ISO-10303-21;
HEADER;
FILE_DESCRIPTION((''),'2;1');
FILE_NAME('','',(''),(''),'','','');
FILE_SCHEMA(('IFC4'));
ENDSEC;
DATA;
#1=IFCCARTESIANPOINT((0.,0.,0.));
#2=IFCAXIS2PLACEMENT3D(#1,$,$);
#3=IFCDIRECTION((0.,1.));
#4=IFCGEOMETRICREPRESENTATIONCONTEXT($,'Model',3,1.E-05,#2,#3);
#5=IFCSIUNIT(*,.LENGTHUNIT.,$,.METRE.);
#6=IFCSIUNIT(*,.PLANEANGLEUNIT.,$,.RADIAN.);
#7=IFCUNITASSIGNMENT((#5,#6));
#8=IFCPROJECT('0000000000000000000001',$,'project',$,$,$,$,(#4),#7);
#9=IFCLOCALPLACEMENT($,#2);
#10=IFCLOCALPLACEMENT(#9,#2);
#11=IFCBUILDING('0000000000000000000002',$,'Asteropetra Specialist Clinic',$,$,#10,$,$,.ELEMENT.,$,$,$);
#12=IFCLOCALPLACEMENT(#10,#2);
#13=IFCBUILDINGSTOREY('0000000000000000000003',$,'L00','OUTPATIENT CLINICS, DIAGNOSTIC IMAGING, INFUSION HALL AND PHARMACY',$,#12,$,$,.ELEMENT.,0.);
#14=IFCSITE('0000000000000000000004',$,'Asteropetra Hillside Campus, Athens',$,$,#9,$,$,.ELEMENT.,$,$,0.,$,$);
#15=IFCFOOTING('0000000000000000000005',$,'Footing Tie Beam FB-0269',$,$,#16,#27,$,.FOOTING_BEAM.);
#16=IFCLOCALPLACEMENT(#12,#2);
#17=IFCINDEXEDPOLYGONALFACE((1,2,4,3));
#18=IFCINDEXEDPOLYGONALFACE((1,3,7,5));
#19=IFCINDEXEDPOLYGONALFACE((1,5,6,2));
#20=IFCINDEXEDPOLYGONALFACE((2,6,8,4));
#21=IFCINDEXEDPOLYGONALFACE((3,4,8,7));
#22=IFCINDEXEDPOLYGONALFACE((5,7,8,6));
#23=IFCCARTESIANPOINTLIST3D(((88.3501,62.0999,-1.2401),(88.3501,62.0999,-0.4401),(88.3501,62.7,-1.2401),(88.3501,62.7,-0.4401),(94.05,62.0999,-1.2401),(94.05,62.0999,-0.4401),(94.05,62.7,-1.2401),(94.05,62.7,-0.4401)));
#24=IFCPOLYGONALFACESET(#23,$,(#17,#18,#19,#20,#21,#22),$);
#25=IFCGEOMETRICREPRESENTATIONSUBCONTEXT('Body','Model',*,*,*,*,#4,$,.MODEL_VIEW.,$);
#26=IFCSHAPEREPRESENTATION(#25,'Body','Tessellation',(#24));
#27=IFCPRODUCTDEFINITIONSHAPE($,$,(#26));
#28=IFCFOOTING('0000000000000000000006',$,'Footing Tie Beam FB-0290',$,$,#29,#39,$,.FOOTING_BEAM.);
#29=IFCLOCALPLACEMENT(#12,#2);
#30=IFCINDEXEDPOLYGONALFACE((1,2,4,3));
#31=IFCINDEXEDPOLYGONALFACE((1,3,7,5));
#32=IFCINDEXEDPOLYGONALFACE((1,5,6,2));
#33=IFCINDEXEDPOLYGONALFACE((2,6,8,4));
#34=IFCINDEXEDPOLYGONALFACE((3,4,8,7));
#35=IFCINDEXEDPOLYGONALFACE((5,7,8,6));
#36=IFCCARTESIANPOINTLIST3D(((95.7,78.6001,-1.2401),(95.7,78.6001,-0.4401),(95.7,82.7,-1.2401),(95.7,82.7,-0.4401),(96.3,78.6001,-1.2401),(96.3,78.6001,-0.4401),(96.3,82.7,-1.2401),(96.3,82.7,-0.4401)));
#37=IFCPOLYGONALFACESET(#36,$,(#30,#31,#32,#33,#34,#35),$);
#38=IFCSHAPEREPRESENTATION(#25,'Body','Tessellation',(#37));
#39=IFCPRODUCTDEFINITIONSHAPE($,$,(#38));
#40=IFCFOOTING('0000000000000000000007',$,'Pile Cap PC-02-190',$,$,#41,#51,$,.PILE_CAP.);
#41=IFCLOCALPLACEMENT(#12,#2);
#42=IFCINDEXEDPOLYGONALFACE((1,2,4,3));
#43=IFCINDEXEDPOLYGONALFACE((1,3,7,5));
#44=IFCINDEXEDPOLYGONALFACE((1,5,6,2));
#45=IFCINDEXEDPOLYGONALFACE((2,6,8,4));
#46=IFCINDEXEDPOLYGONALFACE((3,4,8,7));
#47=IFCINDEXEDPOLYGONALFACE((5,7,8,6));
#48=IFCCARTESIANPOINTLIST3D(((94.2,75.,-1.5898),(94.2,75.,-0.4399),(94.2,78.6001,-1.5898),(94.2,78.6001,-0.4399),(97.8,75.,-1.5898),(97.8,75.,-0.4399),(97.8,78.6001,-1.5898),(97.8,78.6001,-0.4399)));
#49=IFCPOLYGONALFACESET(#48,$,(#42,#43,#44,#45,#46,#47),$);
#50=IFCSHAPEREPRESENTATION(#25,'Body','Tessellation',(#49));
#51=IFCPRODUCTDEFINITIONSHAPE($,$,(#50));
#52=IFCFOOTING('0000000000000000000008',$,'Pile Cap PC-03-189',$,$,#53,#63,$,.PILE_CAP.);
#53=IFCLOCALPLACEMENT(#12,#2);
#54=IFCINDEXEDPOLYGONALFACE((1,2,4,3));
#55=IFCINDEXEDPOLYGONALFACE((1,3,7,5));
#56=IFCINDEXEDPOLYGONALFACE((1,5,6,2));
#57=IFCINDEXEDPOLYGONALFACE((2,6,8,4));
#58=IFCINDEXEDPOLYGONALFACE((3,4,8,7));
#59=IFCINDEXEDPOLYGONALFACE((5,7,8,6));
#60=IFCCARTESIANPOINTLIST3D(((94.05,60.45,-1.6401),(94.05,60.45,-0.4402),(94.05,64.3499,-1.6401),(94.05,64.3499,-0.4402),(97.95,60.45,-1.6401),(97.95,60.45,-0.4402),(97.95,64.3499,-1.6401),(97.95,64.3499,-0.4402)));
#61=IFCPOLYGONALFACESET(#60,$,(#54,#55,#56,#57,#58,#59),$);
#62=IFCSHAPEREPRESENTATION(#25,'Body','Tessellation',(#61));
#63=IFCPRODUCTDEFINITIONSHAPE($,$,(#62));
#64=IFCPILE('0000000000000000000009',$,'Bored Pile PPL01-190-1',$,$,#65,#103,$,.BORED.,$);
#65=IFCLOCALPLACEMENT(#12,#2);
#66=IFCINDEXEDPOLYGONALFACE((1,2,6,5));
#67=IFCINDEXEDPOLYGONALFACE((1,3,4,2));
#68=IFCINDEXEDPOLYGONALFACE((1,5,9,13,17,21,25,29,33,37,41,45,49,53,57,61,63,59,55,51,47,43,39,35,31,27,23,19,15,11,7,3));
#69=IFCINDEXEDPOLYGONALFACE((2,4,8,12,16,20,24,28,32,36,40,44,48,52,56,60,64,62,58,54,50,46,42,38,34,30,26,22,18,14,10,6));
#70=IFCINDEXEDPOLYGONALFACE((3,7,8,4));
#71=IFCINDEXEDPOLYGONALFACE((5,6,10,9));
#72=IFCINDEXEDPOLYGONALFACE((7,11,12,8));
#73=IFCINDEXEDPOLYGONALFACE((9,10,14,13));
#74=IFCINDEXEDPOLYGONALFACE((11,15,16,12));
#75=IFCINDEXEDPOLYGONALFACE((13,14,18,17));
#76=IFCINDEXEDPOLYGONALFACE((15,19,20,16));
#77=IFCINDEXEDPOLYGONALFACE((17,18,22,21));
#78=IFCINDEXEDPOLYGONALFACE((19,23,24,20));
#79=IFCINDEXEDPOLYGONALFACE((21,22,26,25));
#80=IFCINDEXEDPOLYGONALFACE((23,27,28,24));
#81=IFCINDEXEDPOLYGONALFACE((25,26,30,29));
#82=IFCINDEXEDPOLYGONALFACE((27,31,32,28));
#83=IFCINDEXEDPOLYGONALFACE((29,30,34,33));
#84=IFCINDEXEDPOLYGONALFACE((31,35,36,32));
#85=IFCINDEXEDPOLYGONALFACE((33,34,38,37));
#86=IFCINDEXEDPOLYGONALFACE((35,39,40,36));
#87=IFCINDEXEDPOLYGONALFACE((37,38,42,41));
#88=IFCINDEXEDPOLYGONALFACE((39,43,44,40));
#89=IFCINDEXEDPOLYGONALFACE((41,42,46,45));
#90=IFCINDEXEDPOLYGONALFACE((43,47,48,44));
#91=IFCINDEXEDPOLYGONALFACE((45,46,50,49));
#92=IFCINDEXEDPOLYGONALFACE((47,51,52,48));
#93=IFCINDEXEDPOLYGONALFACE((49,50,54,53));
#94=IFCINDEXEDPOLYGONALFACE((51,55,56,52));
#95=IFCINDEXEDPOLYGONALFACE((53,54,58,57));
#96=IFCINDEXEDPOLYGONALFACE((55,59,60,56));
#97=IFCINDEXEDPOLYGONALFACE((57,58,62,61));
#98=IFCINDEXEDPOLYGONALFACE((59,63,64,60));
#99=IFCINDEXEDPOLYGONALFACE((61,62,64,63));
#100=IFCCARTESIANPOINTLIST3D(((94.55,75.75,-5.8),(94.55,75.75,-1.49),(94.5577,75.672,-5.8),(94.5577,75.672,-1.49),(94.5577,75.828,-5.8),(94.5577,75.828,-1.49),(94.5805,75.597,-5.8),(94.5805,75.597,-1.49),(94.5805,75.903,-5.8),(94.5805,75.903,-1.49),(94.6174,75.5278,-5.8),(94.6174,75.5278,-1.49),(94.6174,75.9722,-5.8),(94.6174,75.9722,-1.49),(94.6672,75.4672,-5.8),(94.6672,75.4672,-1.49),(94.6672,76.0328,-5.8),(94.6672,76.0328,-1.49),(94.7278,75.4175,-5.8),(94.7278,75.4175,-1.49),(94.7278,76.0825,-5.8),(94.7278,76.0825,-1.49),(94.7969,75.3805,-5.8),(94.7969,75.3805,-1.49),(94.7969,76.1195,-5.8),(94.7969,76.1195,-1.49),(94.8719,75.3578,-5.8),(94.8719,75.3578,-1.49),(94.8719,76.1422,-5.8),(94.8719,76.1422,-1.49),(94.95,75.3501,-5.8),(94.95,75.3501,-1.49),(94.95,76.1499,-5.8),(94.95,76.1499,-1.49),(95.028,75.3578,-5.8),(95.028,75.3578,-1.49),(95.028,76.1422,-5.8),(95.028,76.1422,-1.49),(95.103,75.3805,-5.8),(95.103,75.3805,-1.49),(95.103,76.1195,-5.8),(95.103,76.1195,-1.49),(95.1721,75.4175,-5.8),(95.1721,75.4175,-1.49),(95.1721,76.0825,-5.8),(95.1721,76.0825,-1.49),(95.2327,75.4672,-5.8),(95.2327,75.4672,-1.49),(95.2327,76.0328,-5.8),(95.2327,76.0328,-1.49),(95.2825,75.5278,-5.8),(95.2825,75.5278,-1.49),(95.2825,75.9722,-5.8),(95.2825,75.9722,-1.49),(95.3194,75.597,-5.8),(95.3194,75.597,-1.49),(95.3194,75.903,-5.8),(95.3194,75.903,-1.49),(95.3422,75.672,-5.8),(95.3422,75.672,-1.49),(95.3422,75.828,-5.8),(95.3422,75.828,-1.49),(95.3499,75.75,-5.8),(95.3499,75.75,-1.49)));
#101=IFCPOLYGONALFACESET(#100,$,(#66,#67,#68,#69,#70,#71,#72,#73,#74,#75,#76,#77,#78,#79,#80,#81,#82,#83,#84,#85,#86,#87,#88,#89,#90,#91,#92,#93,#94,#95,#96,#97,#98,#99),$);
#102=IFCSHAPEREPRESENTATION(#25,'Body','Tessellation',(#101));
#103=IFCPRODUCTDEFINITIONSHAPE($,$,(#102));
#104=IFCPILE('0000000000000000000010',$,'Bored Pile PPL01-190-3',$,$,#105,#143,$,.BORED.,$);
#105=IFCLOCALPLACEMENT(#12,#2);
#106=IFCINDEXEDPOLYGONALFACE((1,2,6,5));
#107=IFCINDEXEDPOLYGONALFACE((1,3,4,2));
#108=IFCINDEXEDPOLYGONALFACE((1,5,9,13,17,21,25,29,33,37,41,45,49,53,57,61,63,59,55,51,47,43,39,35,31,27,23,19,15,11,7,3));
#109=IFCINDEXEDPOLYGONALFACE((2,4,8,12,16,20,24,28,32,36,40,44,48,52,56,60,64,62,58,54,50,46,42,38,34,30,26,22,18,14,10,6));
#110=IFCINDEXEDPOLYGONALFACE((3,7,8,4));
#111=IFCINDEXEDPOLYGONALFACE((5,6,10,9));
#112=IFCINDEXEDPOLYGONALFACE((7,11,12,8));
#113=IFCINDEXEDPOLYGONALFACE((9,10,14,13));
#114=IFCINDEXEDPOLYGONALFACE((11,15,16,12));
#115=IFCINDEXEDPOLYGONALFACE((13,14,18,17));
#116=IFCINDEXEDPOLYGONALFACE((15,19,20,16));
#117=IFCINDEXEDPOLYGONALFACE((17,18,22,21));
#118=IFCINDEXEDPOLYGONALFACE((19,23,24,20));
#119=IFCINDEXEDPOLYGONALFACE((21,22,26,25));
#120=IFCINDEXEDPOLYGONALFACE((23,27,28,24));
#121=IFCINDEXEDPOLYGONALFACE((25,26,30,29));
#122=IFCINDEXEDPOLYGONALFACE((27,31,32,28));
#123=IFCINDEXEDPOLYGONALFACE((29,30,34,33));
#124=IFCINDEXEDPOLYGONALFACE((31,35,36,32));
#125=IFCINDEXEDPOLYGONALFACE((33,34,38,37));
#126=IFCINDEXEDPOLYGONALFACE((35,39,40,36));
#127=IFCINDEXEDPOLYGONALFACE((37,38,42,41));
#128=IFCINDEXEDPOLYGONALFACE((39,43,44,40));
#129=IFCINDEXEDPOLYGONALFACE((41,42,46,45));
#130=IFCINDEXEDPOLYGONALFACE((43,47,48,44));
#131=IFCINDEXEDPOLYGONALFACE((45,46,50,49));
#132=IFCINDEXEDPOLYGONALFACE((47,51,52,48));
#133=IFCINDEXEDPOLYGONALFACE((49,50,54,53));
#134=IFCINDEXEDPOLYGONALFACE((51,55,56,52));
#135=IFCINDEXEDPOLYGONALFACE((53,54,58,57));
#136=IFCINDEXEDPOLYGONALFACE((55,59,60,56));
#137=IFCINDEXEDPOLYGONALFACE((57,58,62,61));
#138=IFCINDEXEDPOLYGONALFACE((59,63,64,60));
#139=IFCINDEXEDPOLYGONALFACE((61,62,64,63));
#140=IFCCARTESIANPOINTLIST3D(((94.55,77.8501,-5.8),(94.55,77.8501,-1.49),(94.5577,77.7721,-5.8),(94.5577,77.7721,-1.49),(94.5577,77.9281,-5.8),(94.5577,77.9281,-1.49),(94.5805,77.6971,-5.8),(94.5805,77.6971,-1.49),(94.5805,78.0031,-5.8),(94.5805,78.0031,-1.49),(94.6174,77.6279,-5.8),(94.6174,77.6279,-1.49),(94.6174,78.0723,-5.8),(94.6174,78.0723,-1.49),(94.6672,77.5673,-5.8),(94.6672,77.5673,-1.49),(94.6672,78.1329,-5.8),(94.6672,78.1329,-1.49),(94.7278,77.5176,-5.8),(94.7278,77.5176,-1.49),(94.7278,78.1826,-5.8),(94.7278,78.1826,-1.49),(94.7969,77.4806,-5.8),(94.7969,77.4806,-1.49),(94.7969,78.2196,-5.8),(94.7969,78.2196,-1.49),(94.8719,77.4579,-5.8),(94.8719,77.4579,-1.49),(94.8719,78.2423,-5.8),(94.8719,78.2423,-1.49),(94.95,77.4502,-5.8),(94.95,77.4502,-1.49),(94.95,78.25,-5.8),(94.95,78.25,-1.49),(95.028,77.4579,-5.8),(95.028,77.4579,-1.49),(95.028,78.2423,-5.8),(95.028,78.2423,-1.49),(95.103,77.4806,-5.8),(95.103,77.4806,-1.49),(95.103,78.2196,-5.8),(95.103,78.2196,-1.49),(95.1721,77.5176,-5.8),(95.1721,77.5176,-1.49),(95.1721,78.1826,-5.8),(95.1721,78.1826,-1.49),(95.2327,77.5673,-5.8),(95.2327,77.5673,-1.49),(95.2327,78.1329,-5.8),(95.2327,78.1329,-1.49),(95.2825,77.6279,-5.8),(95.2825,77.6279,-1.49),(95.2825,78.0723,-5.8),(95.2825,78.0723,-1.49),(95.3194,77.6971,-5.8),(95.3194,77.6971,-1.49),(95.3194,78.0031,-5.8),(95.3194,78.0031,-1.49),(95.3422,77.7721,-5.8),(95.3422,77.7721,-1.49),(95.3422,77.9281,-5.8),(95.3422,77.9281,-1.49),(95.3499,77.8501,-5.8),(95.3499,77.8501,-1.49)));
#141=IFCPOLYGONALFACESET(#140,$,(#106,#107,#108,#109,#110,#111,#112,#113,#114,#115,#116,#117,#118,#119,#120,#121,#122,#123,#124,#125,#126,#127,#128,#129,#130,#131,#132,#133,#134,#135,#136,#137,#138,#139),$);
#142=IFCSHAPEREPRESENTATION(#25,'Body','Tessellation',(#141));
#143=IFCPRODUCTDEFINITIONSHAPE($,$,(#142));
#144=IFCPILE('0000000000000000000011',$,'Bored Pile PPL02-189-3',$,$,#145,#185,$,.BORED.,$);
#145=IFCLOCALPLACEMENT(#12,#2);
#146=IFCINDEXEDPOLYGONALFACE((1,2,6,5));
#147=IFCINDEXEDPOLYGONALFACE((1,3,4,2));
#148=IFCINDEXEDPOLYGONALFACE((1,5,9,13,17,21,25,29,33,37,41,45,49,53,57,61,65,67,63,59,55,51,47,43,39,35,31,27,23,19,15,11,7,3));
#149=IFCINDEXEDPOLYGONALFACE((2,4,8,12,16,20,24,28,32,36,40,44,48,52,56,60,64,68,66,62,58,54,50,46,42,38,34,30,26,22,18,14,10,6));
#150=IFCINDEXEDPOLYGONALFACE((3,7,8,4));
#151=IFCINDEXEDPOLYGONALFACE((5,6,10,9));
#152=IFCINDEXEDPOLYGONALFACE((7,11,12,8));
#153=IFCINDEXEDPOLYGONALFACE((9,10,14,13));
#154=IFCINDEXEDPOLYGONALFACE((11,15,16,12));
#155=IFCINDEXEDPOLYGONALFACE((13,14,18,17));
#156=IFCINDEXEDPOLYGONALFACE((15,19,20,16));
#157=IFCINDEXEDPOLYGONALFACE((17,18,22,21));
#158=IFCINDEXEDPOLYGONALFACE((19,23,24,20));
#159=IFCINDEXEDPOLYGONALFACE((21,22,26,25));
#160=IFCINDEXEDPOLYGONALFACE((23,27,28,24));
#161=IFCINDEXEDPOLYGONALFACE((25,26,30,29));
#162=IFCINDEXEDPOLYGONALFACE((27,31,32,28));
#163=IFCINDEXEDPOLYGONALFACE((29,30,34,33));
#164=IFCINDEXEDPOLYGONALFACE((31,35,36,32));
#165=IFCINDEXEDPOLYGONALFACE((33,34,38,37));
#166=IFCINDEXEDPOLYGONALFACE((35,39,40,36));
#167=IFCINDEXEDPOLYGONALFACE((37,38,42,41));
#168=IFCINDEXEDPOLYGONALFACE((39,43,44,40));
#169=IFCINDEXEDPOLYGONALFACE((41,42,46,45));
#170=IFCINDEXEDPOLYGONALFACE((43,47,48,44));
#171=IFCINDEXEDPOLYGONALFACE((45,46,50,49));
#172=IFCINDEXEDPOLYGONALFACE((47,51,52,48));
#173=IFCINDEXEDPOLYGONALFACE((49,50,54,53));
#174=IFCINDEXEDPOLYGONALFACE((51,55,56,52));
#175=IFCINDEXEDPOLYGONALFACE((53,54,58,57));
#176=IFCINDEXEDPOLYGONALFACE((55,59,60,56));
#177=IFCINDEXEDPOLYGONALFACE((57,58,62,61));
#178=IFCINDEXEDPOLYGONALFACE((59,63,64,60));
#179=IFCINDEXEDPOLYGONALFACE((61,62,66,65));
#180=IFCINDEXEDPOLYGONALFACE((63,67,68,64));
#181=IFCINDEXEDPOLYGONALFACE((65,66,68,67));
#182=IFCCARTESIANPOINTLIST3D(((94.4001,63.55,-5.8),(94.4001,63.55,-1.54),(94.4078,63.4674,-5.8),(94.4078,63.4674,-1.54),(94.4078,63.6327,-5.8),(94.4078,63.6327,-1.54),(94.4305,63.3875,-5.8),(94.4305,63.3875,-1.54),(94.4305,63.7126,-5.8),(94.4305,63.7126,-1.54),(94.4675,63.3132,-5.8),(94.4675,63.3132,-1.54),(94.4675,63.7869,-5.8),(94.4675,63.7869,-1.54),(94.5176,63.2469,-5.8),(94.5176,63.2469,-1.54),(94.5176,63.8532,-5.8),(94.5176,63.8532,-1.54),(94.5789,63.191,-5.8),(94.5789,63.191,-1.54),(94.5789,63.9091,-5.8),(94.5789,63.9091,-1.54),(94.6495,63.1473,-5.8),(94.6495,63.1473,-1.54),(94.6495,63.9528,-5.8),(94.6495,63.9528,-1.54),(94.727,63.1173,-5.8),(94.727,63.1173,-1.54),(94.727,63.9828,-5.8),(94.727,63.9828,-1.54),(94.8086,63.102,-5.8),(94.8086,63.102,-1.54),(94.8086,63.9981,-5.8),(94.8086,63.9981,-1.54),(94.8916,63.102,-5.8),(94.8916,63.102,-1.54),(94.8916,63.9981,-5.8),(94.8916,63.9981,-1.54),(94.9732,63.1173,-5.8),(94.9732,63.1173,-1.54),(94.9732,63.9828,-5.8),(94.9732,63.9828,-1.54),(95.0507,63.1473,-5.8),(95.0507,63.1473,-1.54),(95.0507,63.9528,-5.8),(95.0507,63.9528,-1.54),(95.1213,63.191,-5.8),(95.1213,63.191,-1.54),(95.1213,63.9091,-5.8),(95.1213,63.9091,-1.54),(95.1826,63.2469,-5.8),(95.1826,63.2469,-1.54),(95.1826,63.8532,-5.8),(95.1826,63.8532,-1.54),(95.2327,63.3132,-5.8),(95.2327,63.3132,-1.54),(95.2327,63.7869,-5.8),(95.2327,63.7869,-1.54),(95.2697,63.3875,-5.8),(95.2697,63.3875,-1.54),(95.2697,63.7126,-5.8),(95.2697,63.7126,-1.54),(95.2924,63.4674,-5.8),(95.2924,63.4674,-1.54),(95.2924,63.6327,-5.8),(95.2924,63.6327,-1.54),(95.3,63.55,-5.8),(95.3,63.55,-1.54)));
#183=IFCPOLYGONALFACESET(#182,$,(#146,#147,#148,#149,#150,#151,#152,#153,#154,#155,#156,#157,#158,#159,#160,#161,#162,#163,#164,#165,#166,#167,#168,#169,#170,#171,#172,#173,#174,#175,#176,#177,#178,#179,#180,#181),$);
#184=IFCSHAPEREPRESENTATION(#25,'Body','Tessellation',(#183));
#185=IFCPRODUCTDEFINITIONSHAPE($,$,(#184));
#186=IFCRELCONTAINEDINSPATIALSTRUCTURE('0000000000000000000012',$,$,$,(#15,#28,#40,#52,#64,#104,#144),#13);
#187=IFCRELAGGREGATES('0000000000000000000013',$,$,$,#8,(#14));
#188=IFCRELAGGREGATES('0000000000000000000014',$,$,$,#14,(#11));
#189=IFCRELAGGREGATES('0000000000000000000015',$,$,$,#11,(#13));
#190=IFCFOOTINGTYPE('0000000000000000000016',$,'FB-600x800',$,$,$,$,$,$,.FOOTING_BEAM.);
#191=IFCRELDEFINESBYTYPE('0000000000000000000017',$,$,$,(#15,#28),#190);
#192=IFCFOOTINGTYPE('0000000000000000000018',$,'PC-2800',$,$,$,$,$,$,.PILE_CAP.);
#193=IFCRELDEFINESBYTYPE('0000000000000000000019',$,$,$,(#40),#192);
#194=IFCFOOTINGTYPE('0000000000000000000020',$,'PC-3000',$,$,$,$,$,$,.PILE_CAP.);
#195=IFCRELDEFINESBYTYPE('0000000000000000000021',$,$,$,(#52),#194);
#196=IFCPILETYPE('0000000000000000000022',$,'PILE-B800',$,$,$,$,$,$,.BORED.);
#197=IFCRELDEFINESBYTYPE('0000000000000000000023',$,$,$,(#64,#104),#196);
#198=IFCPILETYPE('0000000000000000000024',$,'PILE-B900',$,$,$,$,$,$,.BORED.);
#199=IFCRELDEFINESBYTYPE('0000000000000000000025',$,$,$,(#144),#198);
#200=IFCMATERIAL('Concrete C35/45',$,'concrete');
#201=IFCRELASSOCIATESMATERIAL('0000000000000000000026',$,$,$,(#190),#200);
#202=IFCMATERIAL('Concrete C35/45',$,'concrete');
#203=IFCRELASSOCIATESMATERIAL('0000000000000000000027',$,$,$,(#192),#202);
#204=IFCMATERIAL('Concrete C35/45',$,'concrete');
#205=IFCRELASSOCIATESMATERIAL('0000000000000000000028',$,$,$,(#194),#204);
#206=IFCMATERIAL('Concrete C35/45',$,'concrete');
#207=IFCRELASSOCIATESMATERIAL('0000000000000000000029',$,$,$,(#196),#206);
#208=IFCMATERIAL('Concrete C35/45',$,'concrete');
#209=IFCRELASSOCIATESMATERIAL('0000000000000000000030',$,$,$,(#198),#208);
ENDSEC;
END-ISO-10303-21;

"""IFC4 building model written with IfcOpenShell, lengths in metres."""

from ifc_helpers import new_model, si_unit, direction, frame, origin, origin_2d, place, context, subcontext, project, spatial, rectangle, circle, extrude, material, material_profile, profile_set, type_object, element, save


model = new_model("IFC4")

# Units and contexts
model_context = context("Model", 3, precision=1e-05, world=origin(), true_north=direction((0.0, 1.0)))
body_context = subcontext(model_context, "Body", "Model", "MODEL_VIEW")
ifc_project = project(units=[si_unit("LENGTHUNIT", "METRE"), si_unit("PLANEANGLEUNIT", "RADIAN")], contexts=[model_context])

# Site, building, storey
site_placement = place(None, origin())
site = spatial("IfcSite", under=ifc_project, at=site_placement, Name="Asteropetra Hillside Campus, Athens", CompositionType="ELEMENT", RefElevation=0.0)
building_placement = place(site_placement, origin())
building = spatial("IfcBuilding", under=site, at=building_placement, Name="Asteropetra Specialist Clinic", CompositionType="ELEMENT")
storey_placement = place(building_placement, origin())
storey = spatial("IfcBuildingStorey", under=building, at=storey_placement, Name="L00", Description="OUTPATIENT CLINICS, DIAGNOSTIC IMAGING, INFUSION HALL AND PHARMACY", CompositionType="ELEMENT", Elevation=0.0)

# Footings
ifc_material_1 = material(Name="Concrete C35/45", Category="concrete")
ifc_material_profile_1 = material_profile(ifc_material_1, rectangle(XDim=0.6001, YDim=0.8, at=origin_2d()), Name="FB 600x800")
ifc_profile_set_1 = profile_set([ifc_material_profile_1], Name="Concrete C35/45")
footing_type_1 = type_object("IfcFootingType", Name="FB-600x800", PredefinedType="FOOTING_BEAM", material=ifc_profile_set_1)
footing_1_placement = place(storey_placement, frame((88.3501, 62.3999, -0.8401), z_axis=(1.0, 0.0, 0.0), x_axis=(0.0, 1.0, 0.0)))
element("IfcFooting", 1, at=footing_1_placement, inside=storey, type_object=footing_type_1, Name="Footing Tie Beam FB-0269", PredefinedType="FOOTING_BEAM", context=body_context, shape_type="SweptSolid", body=[
    extrude(rectangle(XDim=0.6001, YDim=0.8, at=origin_2d()), origin(), (0.0, 0.0, 1.0), 5.7),
])
footing_2_placement = place(storey_placement, frame((96.0, 78.6001, -0.8401), z_axis=(0.0, 1.0, 0.0), x_axis=(-1.0, 0.0, 0.0)))
element("IfcFooting", 2, at=footing_2_placement, inside=storey, type_object=footing_type_1, Name="Footing Tie Beam FB-0290", PredefinedType="FOOTING_BEAM", context=body_context, shape_type="SweptSolid", body=[
    extrude(rectangle(XDim=0.6001, YDim=0.8, at=origin_2d()), origin(), (0.0, 0.0, 1.0), 4.0999),
])
ifc_material_2 = material(Name="Concrete C35/45", Category="concrete")
footing_type_2 = type_object("IfcFootingType", Name="PC-2800", PredefinedType="PILE_CAP", material=ifc_material_2)
footing_3_placement = place(storey_placement, frame((96.0, 76.8, -1.5898), z_axis=(0.0, 0.0, 1.0), x_axis=(1.0, 0.0, 0.0)))
element("IfcFooting", 3, at=footing_3_placement, inside=storey, type_object=footing_type_2, Name="Pile Cap PC-02-190", PredefinedType="PILE_CAP", context=body_context, shape_type="SweptSolid", body=[
    extrude(rectangle(XDim=3.6001, YDim=3.6001, at=origin_2d()), origin(), (0.0, 0.0, 1.0), 1.1499),
])
ifc_material_3 = material(Name="Concrete C35/45", Category="concrete")
footing_type_3 = type_object("IfcFootingType", Name="PC-3000", PredefinedType="PILE_CAP", material=ifc_material_3)
footing_4_placement = place(storey_placement, frame((96.0, 62.3999, -1.6401), z_axis=(0.0, 0.0, 1.0), x_axis=(1.0, 0.0, 0.0)))
element("IfcFooting", 4, at=footing_4_placement, inside=storey, type_object=footing_type_3, Name="Pile Cap PC-03-189", PredefinedType="PILE_CAP", context=body_context, shape_type="SweptSolid", body=[
    extrude(rectangle(XDim=3.8999, YDim=3.8999, at=origin_2d()), origin(), (0.0, 0.0, 1.0), 1.2),
])

# Piles
ifc_material_4 = material(Name="Concrete C35/45", Category="concrete")
ifc_material_profile_2 = material_profile(ifc_material_4, circle(Radius=0.3999, at=origin_2d()), Name="PILE D800")
ifc_profile_set_2 = profile_set([ifc_material_profile_2], Name="Concrete C35/45")
pile_type_1 = type_object("IfcPileType", Name="PILE-B800", PredefinedType="BORED", material=ifc_profile_set_2)
for number, where, z_axis, x_axis, name in (
    (5, (94.95, 75.75, -1.49), (0.0, 0.0, -1.0), (1.0, 0.0, 0.0), "Bored Pile PPL01-190-1"),
    (6, (94.95, 77.8501, -1.49), (0.0, 0.0, -1.0), (1.0, 0.0, 0.0), "Bored Pile PPL01-190-3"),
):
    element("IfcPile", number, at=place(storey_placement, frame(where, z_axis=z_axis, x_axis=x_axis)), inside=storey, type_object=pile_type_1, Name=name, PredefinedType="BORED", context=body_context, shape_type="SweptSolid", body=[
        extrude(circle(Radius=0.3999, at=origin_2d()), origin(), (0.0, 0.0, 1.0), 4.3101),
    ])
ifc_material_5 = material(Name="Concrete C35/45", Category="concrete")
ifc_material_profile_3 = material_profile(ifc_material_5, circle(Radius=0.45, at=origin_2d()), Name="PILE D900")
ifc_profile_set_3 = profile_set([ifc_material_profile_3], Name="Concrete C35/45")
pile_type_2 = type_object("IfcPileType", Name="PILE-B900", PredefinedType="BORED", material=ifc_profile_set_3)
pile_placement = place(storey_placement, frame((94.8501, 63.55, -1.54), z_axis=(0.0, 0.0, -1.0), x_axis=(1.0, 0.0, 0.0)))
element("IfcPile", 7, at=pile_placement, inside=storey, type_object=pile_type_2, Name="Bored Pile PPL02-189-3", PredefinedType="BORED", context=body_context, shape_type="SweptSolid", body=[
    extrude(circle(Radius=0.45, at=origin_2d()), origin(), (0.0, 0.0, 1.0), 4.26),
])

save(model, "model.ifc")
